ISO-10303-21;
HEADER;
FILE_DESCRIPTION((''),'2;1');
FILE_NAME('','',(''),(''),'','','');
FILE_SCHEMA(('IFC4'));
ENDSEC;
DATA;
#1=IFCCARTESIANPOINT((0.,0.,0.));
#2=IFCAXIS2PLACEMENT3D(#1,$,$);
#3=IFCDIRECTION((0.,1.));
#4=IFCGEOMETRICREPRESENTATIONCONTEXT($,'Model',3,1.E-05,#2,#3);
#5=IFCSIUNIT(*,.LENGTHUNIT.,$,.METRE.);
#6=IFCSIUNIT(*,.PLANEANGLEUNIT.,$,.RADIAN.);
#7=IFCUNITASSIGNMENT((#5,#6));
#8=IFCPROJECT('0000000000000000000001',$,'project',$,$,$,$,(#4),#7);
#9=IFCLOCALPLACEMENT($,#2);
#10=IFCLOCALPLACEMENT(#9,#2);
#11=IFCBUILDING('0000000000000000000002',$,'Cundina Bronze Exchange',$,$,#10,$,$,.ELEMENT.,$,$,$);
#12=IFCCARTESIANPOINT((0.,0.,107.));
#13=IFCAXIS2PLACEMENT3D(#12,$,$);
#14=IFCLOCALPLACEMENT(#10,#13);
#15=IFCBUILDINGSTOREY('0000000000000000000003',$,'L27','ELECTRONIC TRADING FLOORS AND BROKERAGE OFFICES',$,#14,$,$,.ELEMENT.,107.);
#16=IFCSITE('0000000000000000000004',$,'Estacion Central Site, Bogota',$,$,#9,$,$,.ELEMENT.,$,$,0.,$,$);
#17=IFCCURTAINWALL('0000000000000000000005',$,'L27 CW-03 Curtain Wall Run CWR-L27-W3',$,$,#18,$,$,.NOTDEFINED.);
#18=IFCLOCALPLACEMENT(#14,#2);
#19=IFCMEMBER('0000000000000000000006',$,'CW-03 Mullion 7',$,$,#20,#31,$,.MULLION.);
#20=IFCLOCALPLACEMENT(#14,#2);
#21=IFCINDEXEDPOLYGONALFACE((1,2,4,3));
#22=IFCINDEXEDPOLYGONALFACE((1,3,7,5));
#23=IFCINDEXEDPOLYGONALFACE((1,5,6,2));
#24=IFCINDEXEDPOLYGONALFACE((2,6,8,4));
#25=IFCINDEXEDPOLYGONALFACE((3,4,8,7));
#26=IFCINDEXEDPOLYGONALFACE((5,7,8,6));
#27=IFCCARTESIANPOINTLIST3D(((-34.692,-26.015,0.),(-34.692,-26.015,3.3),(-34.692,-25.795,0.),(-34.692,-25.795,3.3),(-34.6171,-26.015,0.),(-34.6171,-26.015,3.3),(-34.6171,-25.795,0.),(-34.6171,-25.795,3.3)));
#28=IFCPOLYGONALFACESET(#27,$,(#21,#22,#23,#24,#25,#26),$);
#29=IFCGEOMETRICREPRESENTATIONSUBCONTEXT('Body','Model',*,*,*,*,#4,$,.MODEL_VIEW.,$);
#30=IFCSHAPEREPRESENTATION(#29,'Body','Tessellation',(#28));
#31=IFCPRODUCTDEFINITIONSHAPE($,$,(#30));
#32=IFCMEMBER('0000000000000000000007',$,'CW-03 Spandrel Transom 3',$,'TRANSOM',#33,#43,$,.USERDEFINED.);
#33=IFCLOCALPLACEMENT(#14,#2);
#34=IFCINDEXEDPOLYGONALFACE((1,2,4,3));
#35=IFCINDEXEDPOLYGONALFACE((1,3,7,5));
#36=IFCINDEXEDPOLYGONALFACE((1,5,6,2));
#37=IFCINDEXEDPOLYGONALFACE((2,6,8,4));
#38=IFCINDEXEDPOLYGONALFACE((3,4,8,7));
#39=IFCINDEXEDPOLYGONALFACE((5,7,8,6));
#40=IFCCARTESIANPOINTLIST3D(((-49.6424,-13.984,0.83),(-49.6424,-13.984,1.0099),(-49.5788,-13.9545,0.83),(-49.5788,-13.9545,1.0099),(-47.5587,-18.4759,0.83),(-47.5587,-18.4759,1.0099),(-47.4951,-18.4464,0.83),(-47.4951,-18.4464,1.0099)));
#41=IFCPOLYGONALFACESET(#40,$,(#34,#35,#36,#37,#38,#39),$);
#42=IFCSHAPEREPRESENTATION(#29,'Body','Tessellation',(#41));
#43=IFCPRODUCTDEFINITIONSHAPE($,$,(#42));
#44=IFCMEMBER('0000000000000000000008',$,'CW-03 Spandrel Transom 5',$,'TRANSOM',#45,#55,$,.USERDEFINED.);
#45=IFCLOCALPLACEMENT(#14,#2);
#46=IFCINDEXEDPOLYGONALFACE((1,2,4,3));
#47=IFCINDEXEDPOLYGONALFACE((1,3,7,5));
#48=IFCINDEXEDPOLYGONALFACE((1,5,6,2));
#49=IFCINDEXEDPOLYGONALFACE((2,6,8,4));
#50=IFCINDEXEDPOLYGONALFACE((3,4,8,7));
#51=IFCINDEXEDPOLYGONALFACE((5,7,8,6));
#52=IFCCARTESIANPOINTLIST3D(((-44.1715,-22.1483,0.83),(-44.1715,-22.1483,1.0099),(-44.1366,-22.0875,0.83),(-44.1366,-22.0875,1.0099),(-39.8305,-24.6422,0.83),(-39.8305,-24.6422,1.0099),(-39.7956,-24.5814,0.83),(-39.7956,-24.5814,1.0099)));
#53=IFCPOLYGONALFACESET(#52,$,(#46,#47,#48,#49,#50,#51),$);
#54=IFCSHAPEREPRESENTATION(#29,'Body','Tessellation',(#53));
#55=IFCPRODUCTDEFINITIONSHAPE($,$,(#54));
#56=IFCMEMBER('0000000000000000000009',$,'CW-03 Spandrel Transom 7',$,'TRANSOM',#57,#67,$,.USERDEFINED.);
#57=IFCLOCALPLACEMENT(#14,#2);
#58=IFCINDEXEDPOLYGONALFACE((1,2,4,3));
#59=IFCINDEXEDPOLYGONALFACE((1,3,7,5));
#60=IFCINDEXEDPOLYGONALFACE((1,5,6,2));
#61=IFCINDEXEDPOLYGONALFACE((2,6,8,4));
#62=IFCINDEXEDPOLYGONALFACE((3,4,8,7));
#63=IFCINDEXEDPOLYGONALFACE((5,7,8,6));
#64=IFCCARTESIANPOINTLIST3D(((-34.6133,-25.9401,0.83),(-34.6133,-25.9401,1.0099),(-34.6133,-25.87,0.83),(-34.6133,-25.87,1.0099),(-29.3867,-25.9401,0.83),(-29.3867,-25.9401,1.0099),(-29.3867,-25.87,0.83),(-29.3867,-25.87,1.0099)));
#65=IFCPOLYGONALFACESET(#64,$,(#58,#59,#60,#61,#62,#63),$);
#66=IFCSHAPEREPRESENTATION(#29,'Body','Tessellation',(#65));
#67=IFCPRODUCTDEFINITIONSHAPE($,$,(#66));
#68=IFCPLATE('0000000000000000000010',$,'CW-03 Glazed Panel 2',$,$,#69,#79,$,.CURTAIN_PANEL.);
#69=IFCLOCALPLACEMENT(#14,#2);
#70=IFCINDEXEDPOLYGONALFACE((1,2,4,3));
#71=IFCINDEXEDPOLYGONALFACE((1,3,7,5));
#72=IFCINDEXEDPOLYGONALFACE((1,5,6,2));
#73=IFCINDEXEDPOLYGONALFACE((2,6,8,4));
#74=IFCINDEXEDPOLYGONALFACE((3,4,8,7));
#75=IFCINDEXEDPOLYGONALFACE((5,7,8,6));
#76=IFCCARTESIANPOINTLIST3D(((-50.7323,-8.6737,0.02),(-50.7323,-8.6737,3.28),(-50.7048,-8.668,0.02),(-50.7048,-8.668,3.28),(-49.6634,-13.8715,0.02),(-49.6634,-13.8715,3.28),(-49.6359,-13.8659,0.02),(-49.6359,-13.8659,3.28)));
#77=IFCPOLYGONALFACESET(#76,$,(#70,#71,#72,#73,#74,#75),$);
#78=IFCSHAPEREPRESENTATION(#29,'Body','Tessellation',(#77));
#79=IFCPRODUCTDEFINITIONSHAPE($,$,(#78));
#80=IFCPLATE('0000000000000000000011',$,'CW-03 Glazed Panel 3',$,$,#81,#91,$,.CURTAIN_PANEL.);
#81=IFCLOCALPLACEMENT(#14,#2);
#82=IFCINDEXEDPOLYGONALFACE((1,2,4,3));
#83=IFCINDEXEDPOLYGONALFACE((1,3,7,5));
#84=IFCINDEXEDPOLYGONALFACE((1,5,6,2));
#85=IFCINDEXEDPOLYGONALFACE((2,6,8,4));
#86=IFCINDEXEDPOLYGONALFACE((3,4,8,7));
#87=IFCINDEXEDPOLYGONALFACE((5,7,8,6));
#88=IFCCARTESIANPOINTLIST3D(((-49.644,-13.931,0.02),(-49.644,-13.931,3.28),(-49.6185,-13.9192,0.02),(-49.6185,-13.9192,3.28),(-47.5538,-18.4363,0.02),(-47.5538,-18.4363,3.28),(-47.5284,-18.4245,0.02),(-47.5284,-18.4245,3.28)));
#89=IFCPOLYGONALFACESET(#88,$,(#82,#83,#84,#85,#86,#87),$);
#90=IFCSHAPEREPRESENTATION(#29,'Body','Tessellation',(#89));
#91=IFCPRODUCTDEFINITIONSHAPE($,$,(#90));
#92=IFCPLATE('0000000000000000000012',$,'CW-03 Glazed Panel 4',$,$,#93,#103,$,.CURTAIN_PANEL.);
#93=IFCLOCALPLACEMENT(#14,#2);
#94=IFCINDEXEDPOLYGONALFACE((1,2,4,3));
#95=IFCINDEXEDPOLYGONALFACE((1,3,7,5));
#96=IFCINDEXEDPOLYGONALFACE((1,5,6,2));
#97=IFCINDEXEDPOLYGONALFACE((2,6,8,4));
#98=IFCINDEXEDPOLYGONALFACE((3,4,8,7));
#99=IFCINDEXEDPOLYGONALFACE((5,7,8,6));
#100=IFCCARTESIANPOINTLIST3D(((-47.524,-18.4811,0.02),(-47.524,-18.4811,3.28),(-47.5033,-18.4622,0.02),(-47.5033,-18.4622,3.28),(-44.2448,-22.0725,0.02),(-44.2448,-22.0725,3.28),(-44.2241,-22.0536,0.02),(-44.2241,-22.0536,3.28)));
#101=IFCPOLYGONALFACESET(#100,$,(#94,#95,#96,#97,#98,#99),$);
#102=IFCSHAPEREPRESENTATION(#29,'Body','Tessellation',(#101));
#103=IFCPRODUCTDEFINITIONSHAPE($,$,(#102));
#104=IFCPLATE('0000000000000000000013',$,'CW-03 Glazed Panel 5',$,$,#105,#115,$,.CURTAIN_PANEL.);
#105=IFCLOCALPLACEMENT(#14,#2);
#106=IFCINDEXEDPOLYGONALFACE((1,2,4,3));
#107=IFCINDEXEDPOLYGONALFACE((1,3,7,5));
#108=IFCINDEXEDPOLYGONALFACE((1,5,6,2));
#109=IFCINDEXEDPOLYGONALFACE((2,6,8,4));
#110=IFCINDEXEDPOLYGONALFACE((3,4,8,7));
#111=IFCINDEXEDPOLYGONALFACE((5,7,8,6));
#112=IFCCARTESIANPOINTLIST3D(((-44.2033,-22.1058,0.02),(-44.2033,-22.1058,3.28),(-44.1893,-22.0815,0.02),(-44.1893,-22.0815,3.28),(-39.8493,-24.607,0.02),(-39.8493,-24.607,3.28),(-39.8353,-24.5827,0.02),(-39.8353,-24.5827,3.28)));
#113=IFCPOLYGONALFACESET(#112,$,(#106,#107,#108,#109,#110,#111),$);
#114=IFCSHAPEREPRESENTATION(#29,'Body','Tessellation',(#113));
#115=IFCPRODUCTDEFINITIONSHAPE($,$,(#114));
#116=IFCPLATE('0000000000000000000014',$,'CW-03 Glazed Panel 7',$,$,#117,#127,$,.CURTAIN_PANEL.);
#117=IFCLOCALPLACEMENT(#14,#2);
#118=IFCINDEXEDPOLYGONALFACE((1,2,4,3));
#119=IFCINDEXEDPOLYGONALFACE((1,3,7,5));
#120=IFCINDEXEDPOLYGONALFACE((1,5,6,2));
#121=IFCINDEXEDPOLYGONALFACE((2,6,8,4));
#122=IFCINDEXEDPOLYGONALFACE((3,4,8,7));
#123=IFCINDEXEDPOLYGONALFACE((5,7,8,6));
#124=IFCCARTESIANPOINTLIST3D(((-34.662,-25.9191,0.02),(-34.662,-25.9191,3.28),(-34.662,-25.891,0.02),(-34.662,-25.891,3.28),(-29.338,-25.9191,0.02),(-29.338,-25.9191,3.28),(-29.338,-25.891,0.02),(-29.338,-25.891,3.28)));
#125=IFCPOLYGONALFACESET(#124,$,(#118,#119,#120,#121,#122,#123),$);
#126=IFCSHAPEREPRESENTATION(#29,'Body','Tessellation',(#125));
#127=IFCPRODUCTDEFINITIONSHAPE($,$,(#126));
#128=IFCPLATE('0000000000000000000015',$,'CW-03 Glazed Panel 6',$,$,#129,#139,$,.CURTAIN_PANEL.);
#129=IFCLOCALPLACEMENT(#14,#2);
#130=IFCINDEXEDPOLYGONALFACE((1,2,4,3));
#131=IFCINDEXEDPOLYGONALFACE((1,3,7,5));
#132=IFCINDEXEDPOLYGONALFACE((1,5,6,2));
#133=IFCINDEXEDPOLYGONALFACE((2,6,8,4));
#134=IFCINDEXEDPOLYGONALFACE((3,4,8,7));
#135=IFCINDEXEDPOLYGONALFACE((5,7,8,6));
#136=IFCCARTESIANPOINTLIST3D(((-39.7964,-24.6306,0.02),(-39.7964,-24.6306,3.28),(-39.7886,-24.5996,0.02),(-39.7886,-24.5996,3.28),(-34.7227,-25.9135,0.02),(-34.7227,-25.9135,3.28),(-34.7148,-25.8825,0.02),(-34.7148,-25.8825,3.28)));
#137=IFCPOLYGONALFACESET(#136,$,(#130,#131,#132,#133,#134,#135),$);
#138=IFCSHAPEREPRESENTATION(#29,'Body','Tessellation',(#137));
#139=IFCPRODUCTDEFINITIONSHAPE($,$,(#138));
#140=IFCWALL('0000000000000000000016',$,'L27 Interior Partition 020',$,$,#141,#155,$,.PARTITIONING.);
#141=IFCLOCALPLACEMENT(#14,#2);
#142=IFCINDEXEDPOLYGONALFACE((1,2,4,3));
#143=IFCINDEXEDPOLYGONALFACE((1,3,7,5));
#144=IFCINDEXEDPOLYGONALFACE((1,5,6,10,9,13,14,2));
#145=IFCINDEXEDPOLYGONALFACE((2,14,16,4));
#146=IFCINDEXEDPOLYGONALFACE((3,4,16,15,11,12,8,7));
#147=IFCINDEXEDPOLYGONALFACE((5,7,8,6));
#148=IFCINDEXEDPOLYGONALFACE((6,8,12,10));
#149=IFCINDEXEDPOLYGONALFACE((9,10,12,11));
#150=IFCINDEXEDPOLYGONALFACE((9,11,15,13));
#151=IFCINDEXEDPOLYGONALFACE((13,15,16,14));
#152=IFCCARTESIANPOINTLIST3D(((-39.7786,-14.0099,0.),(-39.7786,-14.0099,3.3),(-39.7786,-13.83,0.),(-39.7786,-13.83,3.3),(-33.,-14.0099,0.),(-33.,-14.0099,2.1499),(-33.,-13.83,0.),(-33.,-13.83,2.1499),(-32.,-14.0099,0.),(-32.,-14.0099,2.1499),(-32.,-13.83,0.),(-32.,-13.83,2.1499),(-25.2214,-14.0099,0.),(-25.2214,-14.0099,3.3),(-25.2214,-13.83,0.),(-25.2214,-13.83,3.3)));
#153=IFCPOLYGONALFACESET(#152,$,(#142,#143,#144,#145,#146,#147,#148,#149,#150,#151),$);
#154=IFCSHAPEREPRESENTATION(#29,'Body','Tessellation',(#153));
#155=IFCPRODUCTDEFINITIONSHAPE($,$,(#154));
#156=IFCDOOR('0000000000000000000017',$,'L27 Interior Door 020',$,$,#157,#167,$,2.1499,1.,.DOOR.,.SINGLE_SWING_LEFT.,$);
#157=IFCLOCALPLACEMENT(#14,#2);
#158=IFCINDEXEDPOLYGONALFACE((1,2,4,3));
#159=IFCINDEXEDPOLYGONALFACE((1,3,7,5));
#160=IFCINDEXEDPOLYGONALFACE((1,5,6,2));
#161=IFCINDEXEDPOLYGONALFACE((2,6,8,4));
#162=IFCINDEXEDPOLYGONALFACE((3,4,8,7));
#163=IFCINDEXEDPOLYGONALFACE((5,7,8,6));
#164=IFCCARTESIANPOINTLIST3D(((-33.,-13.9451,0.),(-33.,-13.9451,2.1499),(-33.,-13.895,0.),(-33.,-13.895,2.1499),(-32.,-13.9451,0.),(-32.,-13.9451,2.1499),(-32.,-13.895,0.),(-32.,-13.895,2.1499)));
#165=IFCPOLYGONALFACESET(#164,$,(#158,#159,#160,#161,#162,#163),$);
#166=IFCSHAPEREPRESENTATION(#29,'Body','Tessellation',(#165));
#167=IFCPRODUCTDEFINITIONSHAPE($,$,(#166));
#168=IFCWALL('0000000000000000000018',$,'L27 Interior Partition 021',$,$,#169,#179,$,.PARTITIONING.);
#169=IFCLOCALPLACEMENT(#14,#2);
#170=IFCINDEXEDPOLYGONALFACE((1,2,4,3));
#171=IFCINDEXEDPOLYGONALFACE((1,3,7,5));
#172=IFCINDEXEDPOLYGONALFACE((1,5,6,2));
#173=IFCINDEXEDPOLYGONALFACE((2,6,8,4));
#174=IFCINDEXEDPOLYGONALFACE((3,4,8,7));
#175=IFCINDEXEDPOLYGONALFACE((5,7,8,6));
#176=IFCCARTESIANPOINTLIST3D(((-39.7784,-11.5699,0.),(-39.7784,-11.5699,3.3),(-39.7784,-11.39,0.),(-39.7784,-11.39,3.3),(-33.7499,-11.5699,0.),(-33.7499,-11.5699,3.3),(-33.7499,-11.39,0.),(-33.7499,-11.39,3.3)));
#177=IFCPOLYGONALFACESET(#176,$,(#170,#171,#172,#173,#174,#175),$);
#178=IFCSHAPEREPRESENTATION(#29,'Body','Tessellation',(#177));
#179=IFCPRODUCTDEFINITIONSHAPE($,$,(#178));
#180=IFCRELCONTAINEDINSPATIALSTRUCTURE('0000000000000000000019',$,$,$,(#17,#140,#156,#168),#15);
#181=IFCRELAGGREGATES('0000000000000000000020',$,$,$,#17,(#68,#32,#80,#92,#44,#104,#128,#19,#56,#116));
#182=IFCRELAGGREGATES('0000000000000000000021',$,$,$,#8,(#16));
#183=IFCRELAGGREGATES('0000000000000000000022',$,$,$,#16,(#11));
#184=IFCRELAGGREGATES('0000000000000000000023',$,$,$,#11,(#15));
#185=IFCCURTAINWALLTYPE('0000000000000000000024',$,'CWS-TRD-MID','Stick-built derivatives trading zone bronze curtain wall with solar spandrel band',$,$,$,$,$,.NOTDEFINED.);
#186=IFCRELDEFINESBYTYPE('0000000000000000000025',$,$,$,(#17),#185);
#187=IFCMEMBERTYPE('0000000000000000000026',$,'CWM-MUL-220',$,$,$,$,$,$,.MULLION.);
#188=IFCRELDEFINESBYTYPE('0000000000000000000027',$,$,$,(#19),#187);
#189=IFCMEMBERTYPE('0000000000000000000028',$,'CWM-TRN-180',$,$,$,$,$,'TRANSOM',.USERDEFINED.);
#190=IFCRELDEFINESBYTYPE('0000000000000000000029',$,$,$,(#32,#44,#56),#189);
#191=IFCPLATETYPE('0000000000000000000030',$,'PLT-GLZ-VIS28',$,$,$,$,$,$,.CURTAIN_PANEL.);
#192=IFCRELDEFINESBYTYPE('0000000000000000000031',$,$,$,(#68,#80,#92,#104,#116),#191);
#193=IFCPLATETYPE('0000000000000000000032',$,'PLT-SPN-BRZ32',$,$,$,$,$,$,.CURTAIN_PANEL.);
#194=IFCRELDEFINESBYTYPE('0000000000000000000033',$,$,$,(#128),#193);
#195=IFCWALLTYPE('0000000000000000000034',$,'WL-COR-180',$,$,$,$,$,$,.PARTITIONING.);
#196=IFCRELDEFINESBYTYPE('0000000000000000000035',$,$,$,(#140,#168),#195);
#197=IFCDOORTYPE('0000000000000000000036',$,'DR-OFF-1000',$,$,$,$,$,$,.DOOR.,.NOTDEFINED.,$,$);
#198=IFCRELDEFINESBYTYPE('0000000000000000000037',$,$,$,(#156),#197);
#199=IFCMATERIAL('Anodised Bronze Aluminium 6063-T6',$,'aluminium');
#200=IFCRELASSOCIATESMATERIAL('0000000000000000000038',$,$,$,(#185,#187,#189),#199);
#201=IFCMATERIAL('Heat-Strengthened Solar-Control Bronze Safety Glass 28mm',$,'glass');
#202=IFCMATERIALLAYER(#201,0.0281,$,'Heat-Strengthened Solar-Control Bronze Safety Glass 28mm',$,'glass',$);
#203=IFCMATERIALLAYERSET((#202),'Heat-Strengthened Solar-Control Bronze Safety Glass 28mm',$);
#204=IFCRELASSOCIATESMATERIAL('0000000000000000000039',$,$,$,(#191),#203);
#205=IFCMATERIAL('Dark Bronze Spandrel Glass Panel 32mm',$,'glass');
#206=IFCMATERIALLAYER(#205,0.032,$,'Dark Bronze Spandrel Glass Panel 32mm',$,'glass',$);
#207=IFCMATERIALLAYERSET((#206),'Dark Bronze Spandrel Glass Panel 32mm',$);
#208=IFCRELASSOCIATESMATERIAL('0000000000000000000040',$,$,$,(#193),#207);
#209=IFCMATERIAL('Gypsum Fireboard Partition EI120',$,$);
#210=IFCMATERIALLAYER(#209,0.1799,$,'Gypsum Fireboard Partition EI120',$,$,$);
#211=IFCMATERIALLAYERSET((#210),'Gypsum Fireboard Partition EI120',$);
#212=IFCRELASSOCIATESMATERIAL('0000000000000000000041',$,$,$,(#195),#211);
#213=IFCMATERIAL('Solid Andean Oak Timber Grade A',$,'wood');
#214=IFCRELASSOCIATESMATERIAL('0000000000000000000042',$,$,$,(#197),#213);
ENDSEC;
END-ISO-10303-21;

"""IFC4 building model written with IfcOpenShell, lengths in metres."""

from ifc_helpers import new_model, si_unit, direction, frame, frame_2d, origin, origin_2d, place, context, subcontext, project, spatial, rectangle, extrude, material, layer, layer_set, material_profile, profile_set, type_object, element, fill, aggregate, save


model = new_model("IFC4")

# Units and contexts
model_context = context("Model", 3, precision=1e-05, world=origin(), true_north=direction((0.0, 1.0)))
body_context = subcontext(model_context, "Body", "Model", "MODEL_VIEW")
ifc_project = project(units=[si_unit("LENGTHUNIT", "METRE"), si_unit("PLANEANGLEUNIT", "RADIAN")], contexts=[model_context])

# Site, building, storey
site_placement = place(None, origin())
site = spatial("IfcSite", under=ifc_project, at=site_placement, Name="Estacion Central Site, Bogota", CompositionType="ELEMENT", RefElevation=0.0)
building_placement = place(site_placement, origin())
building = spatial("IfcBuilding", under=site, at=building_placement, Name="Cundina Bronze Exchange", CompositionType="ELEMENT")
storey_placement = place(building_placement, frame((0.0, 0.0, 107.0)))
storey = spatial("IfcBuildingStorey", under=building, at=storey_placement, Name="L27", Description="ELECTRONIC TRADING FLOORS AND BROKERAGE OFFICES", CompositionType="ELEMENT", Elevation=107.0)

# Curtain wall, members, plates
ifc_material_1 = material(Name="Anodised Bronze Aluminium 6063-T6", Category="aluminium")
curtain_wall_type = type_object("IfcCurtainWallType", Name="CWS-TRD-MID", Description="Stick-built derivatives trading zone bronze curtain wall with solar spandrel band", PredefinedType="NOTDEFINED", material=ifc_material_1)
curtain_wall_placement = place(storey_placement, origin())
curtain_wall = element("IfcCurtainWall", 1, at=curtain_wall_placement, inside=storey, type_object=curtain_wall_type, Name="L27 CW-03 Curtain Wall Run CWR-L27-W3", PredefinedType="NOTDEFINED")
ifc_material_profile_1 = material_profile(ifc_material_1, rectangle(XDim=0.075, YDim=0.22, at=origin_2d()), Name="AL75X220", Category="aluminium")
ifc_profile_set_1 = profile_set([ifc_material_profile_1], Name="Anodised Bronze Aluminium 6063-T6")
member_type_1 = type_object("IfcMemberType", Name="CWM-MUL-220", PredefinedType="MULLION", material=ifc_profile_set_1)
member_1_placement = place(storey_placement, frame((-34.6545, -25.905, 0.0), z_axis=(0.0, 0.0, 1.0), x_axis=(1.0, 0.0, 0.0)))
member_1 = element("IfcMember", 2, at=member_1_placement, type_object=member_type_1, Name="CW-03 Mullion 7", PredefinedType="MULLION", context=body_context, shape_type="SweptSolid", body=[
    extrude(rectangle(XDim=0.075, YDim=0.22, at=origin_2d()), origin(), (0.0, 0.0, 1.0), 3.3),
])
ifc_material_profile_2 = material_profile(ifc_material_1, rectangle(XDim=0.0701, YDim=0.1799, at=origin_2d()), Name="AL70X180", Category="aluminium")
ifc_profile_set_2 = profile_set([ifc_material_profile_2], Name="Anodised Bronze Aluminium 6063-T6")
member_type_2 = type_object("IfcMemberType", Name="CWM-TRN-180", ElementType="TRANSOM", PredefinedType="USERDEFINED", material=ifc_profile_set_2)
member_2_placement = place(storey_placement, frame((-49.6106, -13.9692, 0.9199), z_axis=(0.420811, -0.907148, 0.0), x_axis=(0.907148, 0.420811, 0.0)))
member_2 = element("IfcMember", 3, at=member_2_placement, type_object=member_type_2, Name="CW-03 Spandrel Transom 3", ObjectType="TRANSOM", PredefinedType="USERDEFINED", context=body_context, shape_type="SweptSolid", body=[
    extrude(rectangle(XDim=0.0701, YDim=0.1799, at=origin_2d()), origin(), (0.0, 0.0, 1.0), 4.9517),
])
member_3_placement = place(storey_placement, frame((-44.1541, -22.1179, 0.9199), z_axis=(0.867097, -0.498139, 0.0), x_axis=(0.498139, 0.867097, 0.0)))
member_3 = element("IfcMember", 4, at=member_3_placement, type_object=member_type_2, Name="CW-03 Spandrel Transom 5", ObjectType="TRANSOM", PredefinedType="USERDEFINED", context=body_context, shape_type="SweptSolid", body=[
    extrude(rectangle(XDim=0.0701, YDim=0.1799, at=origin_2d()), origin(), (0.0, 0.0, 1.0), 5.0063),
])
member_4_placement = place(storey_placement, frame((-34.6133, -25.905, 0.9199), z_axis=(1.0, 0.0, 0.0), x_axis=(0.0, 1.0, 0.0)))
member_4 = element("IfcMember", 5, at=member_4_placement, type_object=member_type_2, Name="CW-03 Spandrel Transom 7", ObjectType="TRANSOM", PredefinedType="USERDEFINED", context=body_context, shape_type="SweptSolid", body=[
    extrude(rectangle(XDim=0.0701, YDim=0.1799, at=origin_2d()), origin(), (0.0, 0.0, 1.0), 5.2266),
])
ifc_material_2 = material(Name="Heat-Strengthened Solar-Control Bronze Safety Glass 28mm", Category="glass")
ifc_layer_1 = layer(ifc_material_2, 0.0281, Name="Heat-Strengthened Solar-Control Bronze Safety Glass 28mm", Category="glass")
ifc_layer_set_1 = layer_set([ifc_layer_1], Name="Heat-Strengthened Solar-Control Bronze Safety Glass 28mm")
plate_type_1 = type_object("IfcPlateType", Name="PLT-GLZ-VIS28", PredefinedType="CURTAIN_PANEL", material=ifc_layer_set_1)
plate_1_placement = place(storey_placement, frame((-50.1841, -11.2698, 0.02), z_axis=(0.0, 0.0, 1.0), x_axis=(0.20142, -0.979505, 0.0)))
plate_1 = element("IfcPlate", 6, at=plate_1_placement, type_object=plate_type_1, Name="CW-03 Glazed Panel 2", PredefinedType="CURTAIN_PANEL", context=body_context, shape_type="SweptSolid", body=[
    extrude(rectangle(XDim=5.3066, YDim=0.0281, at=origin_2d()), origin(), (0.0, 0.0, 1.0), 3.26),
])
plate_2_placement = place(storey_placement, frame((-48.5862, -16.1777, 0.02), z_axis=(0.0, 0.0, 1.0), x_axis=(0.420846, -0.907132, 0.0)))
plate_2 = element("IfcPlate", 7, at=plate_2_placement, type_object=plate_type_1, Name="CW-03 Glazed Panel 3", PredefinedType="CURTAIN_PANEL", context=body_context, shape_type="SweptSolid", body=[
    extrude(rectangle(XDim=4.9666, YDim=0.0281, at=origin_2d()), origin(), (0.0, 0.0, 1.0), 3.26),
])
plate_3_placement = place(storey_placement, frame((-45.874, -20.2673, 0.02), z_axis=(0.0, 0.0, 1.0), x_axis=(0.674277, -0.738479, 0.0)))
plate_3 = element("IfcPlate", 8, at=plate_3_placement, type_object=plate_type_1, Name="CW-03 Glazed Panel 4", PredefinedType="CURTAIN_PANEL", context=body_context, shape_type="SweptSolid", body=[
    extrude(rectangle(XDim=4.8633, YDim=0.0281, at=origin_2d()), origin(), (0.0, 0.0, 1.0), 3.26),
])
plate_4_placement = place(storey_placement, frame((-42.0193, -23.3442, 0.02), z_axis=(0.0, 0.0, 1.0), x_axis=(0.867105, -0.498125, 0.0)))
plate_4 = element("IfcPlate", 9, at=plate_4_placement, type_object=plate_type_1, Name="CW-03 Glazed Panel 5", PredefinedType="CURTAIN_PANEL", context=body_context, shape_type="SweptSolid", body=[
    extrude(rectangle(XDim=5.0212, YDim=0.0281, at=origin_2d()), origin(), (0.0, 0.0, 1.0), 3.26),
])
plate_5_placement = place(storey_placement, frame((-32.0, -25.905, 0.02), z_axis=(0.0, 0.0, 1.0), x_axis=(1.0, 0.0, 0.0)))
plate_5 = element("IfcPlate", 10, at=plate_5_placement, type_object=plate_type_1, Name="CW-03 Glazed Panel 7", PredefinedType="CURTAIN_PANEL", context=body_context, shape_type="SweptSolid", body=[
    extrude(rectangle(XDim=5.324, YDim=0.0281, at=origin_2d()), origin(), (0.0, 0.0, 1.0), 3.26),
])
ifc_material_3 = material(Name="Dark Bronze Spandrel Glass Panel 32mm", Category="glass")
ifc_layer_2 = layer(ifc_material_3, 0.032, Name="Dark Bronze Spandrel Glass Panel 32mm", Category="glass")
ifc_layer_set_2 = layer_set([ifc_layer_2], Name="Dark Bronze Spandrel Glass Panel 32mm")
plate_type_2 = type_object("IfcPlateType", Name="PLT-SPN-BRZ32", PredefinedType="CURTAIN_PANEL", material=ifc_layer_set_2)
plate_6_placement = place(storey_placement, frame((-37.2556, -25.2566, 0.02), z_axis=(0.0, 0.0, 1.0), x_axis=(0.969488, -0.245138, 0.0)))
plate_6 = element("IfcPlate", 11, at=plate_6_placement, type_object=plate_type_2, Name="CW-03 Glazed Panel 6", PredefinedType="CURTAIN_PANEL", context=body_context, shape_type="SweptSolid", body=[
    extrude(rectangle(XDim=5.2334, YDim=0.032, at=origin_2d()), origin(), (0.0, 0.0, 1.0), 3.26),
])
aggregate(curtain_wall, [plate_1, member_2, plate_2, plate_3, member_3, plate_4, plate_6, member_1, member_4, plate_5])

# Wall, opening, door
ifc_material_4 = material(Name="Gypsum Fireboard Partition EI120")
ifc_layer_3 = layer(ifc_material_4, 0.1799, Name="Gypsum Fireboard Partition EI120")
ifc_layer_set_3 = layer_set([ifc_layer_3], Name="Gypsum Fireboard Partition EI120")
wall_type_1 = type_object("IfcWallType", Name="WL-COR-180", PredefinedType="PARTITIONING", material=ifc_layer_set_3)
wall_1_placement = place(storey_placement, frame((-39.7786, -13.9199, 0.0), z_axis=(0.0, 0.0, 1.0), x_axis=(1.0, 0.0, 0.0)))
wall_1 = element("IfcWall", 12, at=wall_1_placement, inside=storey, type_object=wall_type_1, Name="L27 Interior Partition 020", PredefinedType="PARTITIONING", context=body_context, shape_type="SweptSolid", body=[
    extrude(rectangle(XDim=14.5571, YDim=0.1799, at=frame_2d((7.2786, 0.0))), origin(), (0.0, 0.0, 1.0), 3.3),
])
opening_placement = place(wall_1_placement, frame((6.7786, 0.0, 0.0)))
opening = element("IfcOpeningElement", 13, at=opening_placement, cuts=wall_1, PredefinedType="OPENING", context=body_context, shape_type="SweptSolid", body=[
    extrude(rectangle(XDim=1.0, YDim=2.1499, at=frame_2d((0.5, 1.075))), frame((0.0, 0.0999, 0.0), z_axis=(0.0, -1.0, 0.0), x_axis=(1.0, 0.0, 0.0)), (0.0, 0.0, 1.0), 0.2),
])
ifc_material_5 = material(Name="Solid Andean Oak Timber Grade A", Category="wood")
door_type = type_object("IfcDoorType", Name="DR-OFF-1000", OperationType="NOTDEFINED", PredefinedType="DOOR", material=ifc_material_5)
door_placement = place(opening_placement, origin())
door = element("IfcDoor", 14, at=door_placement, inside=storey, type_object=door_type, Name="L27 Interior Door 020", OperationType="SINGLE_SWING_LEFT", OverallHeight=2.1499, OverallWidth=1.0, PredefinedType="DOOR", context=body_context, shape_type="SweptSolid", body=[
    extrude(rectangle(XDim=1.0, YDim=2.1499, at=frame_2d((0.5, 1.075))), frame((0.0, 0.0249, 0.0), z_axis=(0.0, -1.0, 0.0), x_axis=(1.0, 0.0, 0.0)), (0.0, 0.0, 1.0), 0.05),
])
fill(opening, door)

# Wall
wall_2_placement = place(storey_placement, frame((-33.75, -11.48, 0.0), z_axis=(0.0, 0.0, 1.0), x_axis=(-1.0, 0.0, 0.0)))
element("IfcWall", 15, at=wall_2_placement, inside=storey, type_object=wall_type_1, Name="L27 Interior Partition 021", PredefinedType="PARTITIONING", context=body_context, shape_type="SweptSolid", body=[
    extrude(rectangle(XDim=6.0286, YDim=0.1799, at=frame_2d((3.0142, 0.0))), origin(), (0.0, 0.0, 1.0), 3.3),
])

save(model, "model.ifc")
